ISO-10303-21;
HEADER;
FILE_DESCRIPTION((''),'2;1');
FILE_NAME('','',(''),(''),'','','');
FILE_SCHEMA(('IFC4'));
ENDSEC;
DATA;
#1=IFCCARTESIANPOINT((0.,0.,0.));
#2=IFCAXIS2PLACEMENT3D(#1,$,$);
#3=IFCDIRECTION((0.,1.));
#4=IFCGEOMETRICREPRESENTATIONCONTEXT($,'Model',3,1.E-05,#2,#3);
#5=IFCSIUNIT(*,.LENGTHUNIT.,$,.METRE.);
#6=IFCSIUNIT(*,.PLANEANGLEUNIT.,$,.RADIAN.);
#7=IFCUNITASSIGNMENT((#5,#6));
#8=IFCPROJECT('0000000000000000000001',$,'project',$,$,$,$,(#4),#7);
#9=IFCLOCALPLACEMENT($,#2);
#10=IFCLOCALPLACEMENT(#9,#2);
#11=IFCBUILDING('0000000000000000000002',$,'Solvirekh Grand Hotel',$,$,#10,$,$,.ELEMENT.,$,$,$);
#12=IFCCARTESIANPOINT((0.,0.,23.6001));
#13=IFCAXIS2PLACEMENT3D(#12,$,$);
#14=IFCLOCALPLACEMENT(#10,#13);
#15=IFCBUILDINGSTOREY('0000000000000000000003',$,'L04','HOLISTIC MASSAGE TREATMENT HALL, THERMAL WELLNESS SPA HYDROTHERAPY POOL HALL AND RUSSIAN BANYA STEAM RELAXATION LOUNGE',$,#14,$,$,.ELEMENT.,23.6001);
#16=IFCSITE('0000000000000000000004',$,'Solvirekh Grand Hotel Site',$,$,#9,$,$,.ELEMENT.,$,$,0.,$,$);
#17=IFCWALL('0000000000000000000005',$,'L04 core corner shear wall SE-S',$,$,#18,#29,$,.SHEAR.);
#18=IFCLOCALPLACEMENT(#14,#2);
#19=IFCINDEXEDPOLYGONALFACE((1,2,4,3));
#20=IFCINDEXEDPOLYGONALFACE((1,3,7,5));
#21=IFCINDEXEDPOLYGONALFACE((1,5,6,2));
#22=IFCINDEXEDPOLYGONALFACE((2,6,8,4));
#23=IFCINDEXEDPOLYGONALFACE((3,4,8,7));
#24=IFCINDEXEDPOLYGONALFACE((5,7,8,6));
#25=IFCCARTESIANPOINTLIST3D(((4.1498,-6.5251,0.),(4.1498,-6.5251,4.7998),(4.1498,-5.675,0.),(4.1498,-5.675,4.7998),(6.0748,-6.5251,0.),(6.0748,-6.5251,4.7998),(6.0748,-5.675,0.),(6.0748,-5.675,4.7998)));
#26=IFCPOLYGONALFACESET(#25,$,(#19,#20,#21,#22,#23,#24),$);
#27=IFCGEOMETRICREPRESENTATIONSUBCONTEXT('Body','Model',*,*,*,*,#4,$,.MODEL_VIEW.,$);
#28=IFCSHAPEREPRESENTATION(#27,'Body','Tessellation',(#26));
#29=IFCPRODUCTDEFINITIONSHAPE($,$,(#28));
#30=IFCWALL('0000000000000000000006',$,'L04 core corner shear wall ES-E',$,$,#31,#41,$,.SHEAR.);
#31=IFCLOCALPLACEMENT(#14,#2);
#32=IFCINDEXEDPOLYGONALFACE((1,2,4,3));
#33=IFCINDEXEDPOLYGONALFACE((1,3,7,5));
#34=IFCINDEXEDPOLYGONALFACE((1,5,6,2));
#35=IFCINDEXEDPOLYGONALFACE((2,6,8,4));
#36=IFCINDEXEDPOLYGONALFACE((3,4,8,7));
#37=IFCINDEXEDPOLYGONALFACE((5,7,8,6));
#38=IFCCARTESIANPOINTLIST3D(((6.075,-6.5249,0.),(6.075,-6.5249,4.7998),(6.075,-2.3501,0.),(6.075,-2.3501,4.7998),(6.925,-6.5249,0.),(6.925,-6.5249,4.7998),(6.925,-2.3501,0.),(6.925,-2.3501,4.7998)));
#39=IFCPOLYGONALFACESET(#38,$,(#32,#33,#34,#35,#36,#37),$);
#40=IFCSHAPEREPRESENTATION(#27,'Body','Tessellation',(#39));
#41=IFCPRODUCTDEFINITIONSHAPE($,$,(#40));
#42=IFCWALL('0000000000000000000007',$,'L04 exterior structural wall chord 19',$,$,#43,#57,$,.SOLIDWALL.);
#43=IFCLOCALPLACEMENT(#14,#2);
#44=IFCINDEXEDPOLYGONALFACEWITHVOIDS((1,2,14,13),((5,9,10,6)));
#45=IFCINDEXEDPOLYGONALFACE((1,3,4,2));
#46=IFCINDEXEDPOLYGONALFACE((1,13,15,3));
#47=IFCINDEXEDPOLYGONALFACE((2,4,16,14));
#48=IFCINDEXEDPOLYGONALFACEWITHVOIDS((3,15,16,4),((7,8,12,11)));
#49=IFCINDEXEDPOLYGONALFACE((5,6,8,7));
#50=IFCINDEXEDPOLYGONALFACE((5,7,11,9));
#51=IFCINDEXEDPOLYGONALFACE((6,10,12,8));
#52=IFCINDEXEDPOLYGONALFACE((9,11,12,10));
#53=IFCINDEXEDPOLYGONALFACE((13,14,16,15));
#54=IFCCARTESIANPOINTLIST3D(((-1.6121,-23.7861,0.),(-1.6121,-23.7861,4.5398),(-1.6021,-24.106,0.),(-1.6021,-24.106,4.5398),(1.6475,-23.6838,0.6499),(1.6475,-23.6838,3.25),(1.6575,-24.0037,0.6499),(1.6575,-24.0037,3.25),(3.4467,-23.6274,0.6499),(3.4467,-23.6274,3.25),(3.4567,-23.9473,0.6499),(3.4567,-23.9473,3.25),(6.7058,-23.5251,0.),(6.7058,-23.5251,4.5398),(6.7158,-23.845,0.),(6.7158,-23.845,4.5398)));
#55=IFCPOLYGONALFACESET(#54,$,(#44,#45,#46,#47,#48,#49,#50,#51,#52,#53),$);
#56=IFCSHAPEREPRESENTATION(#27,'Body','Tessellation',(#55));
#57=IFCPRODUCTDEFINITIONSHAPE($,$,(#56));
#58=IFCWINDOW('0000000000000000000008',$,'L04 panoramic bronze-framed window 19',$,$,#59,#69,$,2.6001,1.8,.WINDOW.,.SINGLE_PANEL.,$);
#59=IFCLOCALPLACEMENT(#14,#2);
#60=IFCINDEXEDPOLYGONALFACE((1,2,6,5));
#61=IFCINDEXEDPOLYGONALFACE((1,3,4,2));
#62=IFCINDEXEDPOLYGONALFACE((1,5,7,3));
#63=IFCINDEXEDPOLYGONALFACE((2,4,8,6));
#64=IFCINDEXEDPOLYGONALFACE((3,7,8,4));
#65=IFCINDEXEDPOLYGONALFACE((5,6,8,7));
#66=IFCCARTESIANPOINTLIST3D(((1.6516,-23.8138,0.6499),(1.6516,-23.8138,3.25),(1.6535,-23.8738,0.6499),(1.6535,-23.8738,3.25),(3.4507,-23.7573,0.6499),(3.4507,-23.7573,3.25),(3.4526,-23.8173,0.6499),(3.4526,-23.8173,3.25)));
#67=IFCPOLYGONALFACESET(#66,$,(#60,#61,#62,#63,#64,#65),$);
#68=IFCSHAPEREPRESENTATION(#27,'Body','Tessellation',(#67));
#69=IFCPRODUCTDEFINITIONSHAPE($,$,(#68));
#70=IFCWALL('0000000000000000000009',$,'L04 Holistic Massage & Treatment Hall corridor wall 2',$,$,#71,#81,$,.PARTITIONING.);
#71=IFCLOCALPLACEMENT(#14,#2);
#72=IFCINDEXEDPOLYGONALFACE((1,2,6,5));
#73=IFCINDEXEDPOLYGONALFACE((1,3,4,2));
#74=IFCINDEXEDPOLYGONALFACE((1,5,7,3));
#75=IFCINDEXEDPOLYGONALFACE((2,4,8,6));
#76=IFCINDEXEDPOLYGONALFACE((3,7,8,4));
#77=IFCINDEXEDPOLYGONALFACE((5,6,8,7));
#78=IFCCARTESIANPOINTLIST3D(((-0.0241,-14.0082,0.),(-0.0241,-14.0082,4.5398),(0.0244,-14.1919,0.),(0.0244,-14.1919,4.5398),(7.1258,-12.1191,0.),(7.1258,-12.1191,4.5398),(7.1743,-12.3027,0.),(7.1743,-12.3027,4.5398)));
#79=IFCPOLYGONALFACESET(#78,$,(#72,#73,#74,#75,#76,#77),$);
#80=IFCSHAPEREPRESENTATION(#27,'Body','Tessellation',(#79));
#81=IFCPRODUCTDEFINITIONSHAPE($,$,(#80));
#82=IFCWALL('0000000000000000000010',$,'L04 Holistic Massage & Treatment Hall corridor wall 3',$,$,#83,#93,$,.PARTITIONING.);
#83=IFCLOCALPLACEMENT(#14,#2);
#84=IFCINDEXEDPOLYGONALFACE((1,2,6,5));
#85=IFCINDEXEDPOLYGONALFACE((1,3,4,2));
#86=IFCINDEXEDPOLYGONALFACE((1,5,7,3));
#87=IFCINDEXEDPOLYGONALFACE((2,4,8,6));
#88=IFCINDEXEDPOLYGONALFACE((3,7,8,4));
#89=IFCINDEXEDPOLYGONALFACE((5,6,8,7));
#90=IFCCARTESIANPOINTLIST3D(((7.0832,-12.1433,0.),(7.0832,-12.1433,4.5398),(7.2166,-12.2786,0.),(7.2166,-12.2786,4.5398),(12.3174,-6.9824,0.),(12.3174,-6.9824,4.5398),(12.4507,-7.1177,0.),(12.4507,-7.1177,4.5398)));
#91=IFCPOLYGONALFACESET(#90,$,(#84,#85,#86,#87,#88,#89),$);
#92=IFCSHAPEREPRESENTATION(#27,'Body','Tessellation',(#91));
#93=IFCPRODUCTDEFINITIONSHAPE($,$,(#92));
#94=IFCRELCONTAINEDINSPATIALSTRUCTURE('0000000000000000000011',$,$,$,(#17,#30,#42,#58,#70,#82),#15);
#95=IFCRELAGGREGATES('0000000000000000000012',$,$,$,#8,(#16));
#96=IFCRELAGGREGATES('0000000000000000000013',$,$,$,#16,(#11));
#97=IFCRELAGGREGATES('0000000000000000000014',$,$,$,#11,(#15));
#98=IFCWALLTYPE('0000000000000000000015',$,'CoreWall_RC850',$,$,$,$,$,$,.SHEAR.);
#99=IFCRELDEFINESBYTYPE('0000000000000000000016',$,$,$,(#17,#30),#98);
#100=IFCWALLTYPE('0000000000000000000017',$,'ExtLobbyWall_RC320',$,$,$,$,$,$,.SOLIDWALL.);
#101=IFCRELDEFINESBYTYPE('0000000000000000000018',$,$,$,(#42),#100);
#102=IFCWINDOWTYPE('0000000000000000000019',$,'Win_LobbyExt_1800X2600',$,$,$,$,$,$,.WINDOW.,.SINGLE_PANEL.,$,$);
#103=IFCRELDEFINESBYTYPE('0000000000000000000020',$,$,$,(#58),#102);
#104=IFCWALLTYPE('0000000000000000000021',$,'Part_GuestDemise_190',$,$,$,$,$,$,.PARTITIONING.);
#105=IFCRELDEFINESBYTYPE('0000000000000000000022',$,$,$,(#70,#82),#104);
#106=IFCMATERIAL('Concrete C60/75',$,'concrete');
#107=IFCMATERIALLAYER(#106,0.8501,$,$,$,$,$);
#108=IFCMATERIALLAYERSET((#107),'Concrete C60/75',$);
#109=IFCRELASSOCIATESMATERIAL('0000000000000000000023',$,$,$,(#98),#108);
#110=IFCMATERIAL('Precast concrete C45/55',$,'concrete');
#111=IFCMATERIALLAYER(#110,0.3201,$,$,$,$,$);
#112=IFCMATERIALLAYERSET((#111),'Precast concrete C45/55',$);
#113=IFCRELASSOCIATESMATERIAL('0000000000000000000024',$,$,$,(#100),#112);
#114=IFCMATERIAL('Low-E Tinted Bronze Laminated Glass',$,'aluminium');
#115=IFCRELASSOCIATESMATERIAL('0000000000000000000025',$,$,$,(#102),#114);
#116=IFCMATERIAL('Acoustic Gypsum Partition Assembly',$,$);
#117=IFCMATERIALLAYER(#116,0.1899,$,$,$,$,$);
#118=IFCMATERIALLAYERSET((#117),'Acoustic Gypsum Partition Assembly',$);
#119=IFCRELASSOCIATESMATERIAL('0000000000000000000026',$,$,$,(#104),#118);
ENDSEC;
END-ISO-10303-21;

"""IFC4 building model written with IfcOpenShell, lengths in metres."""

from ifc_helpers import new_model, si_unit, direction, frame, frame_2d, origin, place, context, subcontext, project, spatial, rectangle, extrude, material, layer, layer_set, type_object, element, fill, save


model = new_model("IFC4")

# Units and contexts
model_context = context("Model", 3, precision=1e-05, world=origin(), true_north=direction((0.0, 1.0)))
body_context = subcontext(model_context, "Body", "Model", "MODEL_VIEW")
ifc_project = project(units=[si_unit("LENGTHUNIT", "METRE"), si_unit("PLANEANGLEUNIT", "RADIAN")], contexts=[model_context])

# Site, building, storey
site_placement = place(None, origin())
site = spatial("IfcSite", under=ifc_project, at=site_placement, Name="Solvirekh Grand Hotel Site", CompositionType="ELEMENT", RefElevation=0.0)
building_placement = place(site_placement, origin())
building = spatial("IfcBuilding", under=site, at=building_placement, Name="Solvirekh Grand Hotel", CompositionType="ELEMENT")
storey_placement = place(building_placement, frame((0.0, 0.0, 23.6001)))
storey = spatial("IfcBuildingStorey", under=building, at=storey_placement, Name="L04", Description="HOLISTIC MASSAGE TREATMENT HALL, THERMAL WELLNESS SPA HYDROTHERAPY POOL HALL AND RUSSIAN BANYA STEAM RELAXATION LOUNGE", CompositionType="ELEMENT", Elevation=23.6001)

# Shared definitions
ifc_material_1 = material(Name="Concrete C60/75", Category="concrete")

# Shared definitions
ifc_material_2 = material(Name="Low-E Tinted Bronze Laminated Glass", Category="aluminium")

# Walls
ifc_layer_1 = layer(ifc_material_1, 0.8501)
ifc_layer_set_1 = layer_set([ifc_layer_1], Name="Concrete C60/75")
wall_type_1 = type_object("IfcWallType", Name="CoreWall_RC850", PredefinedType="SHEAR", material=ifc_layer_set_1)
wall_1_placement = place(storey_placement, frame((4.1499, -6.1001, 0.0), z_axis=(0.0, 0.0, 1.0), x_axis=(1.0, 0.0, 0.0)))
element("IfcWall", 1, at=wall_1_placement, inside=storey, type_object=wall_type_1, Name="L04 core corner shear wall SE-S", PredefinedType="SHEAR", context=body_context, shape_type="SweptSolid", body=[
    extrude(rectangle(XDim=1.925, YDim=0.8501, at=frame_2d((0.9624, 0.0))), origin(), (0.0, 0.0, 1.0), 4.7998),
])
wall_2_placement = place(storey_placement, frame((6.5, -6.5249, 0.0), z_axis=(0.0, 0.0, 1.0), x_axis=(0.0, 1.0, 0.0)))
element("IfcWall", 2, at=wall_2_placement, inside=storey, type_object=wall_type_1, Name="L04 core corner shear wall ES-E", PredefinedType="SHEAR", context=body_context, shape_type="SweptSolid", body=[
    extrude(rectangle(XDim=4.1748, YDim=0.8501, at=frame_2d((2.0874, 0.0))), origin(), (0.0, 0.0, 1.0), 4.7998),
])

# Wall, opening, window
ifc_material_3 = material(Name="Precast concrete C45/55", Category="concrete")
ifc_layer_2 = layer(ifc_material_3, 0.3201)
ifc_layer_set_2 = layer_set([ifc_layer_2], Name="Precast concrete C45/55")
wall_type_2 = type_object("IfcWallType", Name="ExtLobbyWall_RC320", PredefinedType="SOLIDWALL", material=ifc_layer_set_2)
wall_3_placement = place(storey_placement, frame((6.7109, -23.6851, 0.0), z_axis=(0.0, 0.0, 1.0), x_axis=(-0.999508, -0.031361, 0.0)))
wall_3 = element("IfcWall", 3, at=wall_3_placement, inside=storey, type_object=wall_type_2, Name="L04 exterior structural wall chord 19", PredefinedType="SOLIDWALL", context=body_context, shape_type="SweptSolid", body=[
    extrude(rectangle(XDim=8.322, YDim=0.3201, at=frame_2d((4.1611, 0.0))), origin(), (0.0, 0.0, 1.0), 4.5398),
])
opening_placement = place(wall_3_placement, frame((3.261, 0.0, 0.6499)))
opening = element("IfcOpeningElement", 4, at=opening_placement, cuts=wall_3, PredefinedType="OPENING", context=body_context, shape_type="SweptSolid", body=[
    extrude(rectangle(XDim=1.8, YDim=2.6001, at=frame_2d((0.8999, 1.3))), frame((0.0, 0.1699, 0.0), z_axis=(0.0, -1.0, 0.0), x_axis=(1.0, 0.0, 0.0)), (0.0, 0.0, 1.0), 0.3401),
])
window_type = type_object("IfcWindowType", Name="Win_LobbyExt_1800X2600", PartitioningType="SINGLE_PANEL", PredefinedType="WINDOW", material=ifc_material_2)
window_placement = place(opening_placement, origin())
window = element("IfcWindow", 5, at=window_placement, inside=storey, type_object=window_type, Name="L04 panoramic bronze-framed window 19", OverallHeight=2.6001, OverallWidth=1.8, PartitioningType="SINGLE_PANEL", PredefinedType="WINDOW", context=body_context, shape_type="SweptSolid", body=[
    extrude(rectangle(XDim=1.8, YDim=2.6001, at=frame_2d((0.8999, 1.3))), frame((0.0, 0.03, 0.0), z_axis=(0.0, -1.0, 0.0), x_axis=(1.0, 0.0, 0.0)), (0.0, 0.0, 1.0), 0.0601),
])
fill(opening, window)

# Walls
ifc_material_4 = material(Name="Acoustic Gypsum Partition Assembly")
ifc_layer_3 = layer(ifc_material_4, 0.1899)
ifc_layer_set_3 = layer_set([ifc_layer_3], Name="Acoustic Gypsum Partition Assembly")
wall_type_3 = type_object("IfcWallType", Name="Part_GuestDemise_190", PredefinedType="PARTITIONING", material=ifc_layer_set_3)
wall_4_placement = place(storey_placement, frame((0.0, -14.1001, 0.0), z_axis=(0.0, 0.0, 1.0), x_axis=(0.966821, 0.255455, 0.0)))
element("IfcWall", 6, at=wall_4_placement, inside=storey, type_object=wall_type_3, Name="L04 Holistic Massage & Treatment Hall corridor wall 2", PredefinedType="PARTITIONING", context=body_context, shape_type="SweptSolid", body=[
    extrude(rectangle(XDim=7.3953, YDim=0.1899, at=frame_2d((3.6978, 0.0))), origin(), (0.0, 0.0, 1.0), 4.5398),
])
wall_5_placement = place(storey_placement, frame((7.1499, -12.2109, 0.0), z_axis=(0.0, 0.0, 1.0), x_axis=(0.712071, 0.702107, 0.0)))
element("IfcWall", 7, at=wall_5_placement, inside=storey, type_object=wall_type_3, Name="L04 Holistic Massage & Treatment Hall corridor wall 3", PredefinedType="PARTITIONING", context=body_context, shape_type="SweptSolid", body=[
    extrude(rectangle(XDim=7.3506, YDim=0.1899, at=frame_2d((3.6753, 0.0))), origin(), (0.0, 0.0, 1.0), 4.5398),
])

save(model, "model.ifc")
